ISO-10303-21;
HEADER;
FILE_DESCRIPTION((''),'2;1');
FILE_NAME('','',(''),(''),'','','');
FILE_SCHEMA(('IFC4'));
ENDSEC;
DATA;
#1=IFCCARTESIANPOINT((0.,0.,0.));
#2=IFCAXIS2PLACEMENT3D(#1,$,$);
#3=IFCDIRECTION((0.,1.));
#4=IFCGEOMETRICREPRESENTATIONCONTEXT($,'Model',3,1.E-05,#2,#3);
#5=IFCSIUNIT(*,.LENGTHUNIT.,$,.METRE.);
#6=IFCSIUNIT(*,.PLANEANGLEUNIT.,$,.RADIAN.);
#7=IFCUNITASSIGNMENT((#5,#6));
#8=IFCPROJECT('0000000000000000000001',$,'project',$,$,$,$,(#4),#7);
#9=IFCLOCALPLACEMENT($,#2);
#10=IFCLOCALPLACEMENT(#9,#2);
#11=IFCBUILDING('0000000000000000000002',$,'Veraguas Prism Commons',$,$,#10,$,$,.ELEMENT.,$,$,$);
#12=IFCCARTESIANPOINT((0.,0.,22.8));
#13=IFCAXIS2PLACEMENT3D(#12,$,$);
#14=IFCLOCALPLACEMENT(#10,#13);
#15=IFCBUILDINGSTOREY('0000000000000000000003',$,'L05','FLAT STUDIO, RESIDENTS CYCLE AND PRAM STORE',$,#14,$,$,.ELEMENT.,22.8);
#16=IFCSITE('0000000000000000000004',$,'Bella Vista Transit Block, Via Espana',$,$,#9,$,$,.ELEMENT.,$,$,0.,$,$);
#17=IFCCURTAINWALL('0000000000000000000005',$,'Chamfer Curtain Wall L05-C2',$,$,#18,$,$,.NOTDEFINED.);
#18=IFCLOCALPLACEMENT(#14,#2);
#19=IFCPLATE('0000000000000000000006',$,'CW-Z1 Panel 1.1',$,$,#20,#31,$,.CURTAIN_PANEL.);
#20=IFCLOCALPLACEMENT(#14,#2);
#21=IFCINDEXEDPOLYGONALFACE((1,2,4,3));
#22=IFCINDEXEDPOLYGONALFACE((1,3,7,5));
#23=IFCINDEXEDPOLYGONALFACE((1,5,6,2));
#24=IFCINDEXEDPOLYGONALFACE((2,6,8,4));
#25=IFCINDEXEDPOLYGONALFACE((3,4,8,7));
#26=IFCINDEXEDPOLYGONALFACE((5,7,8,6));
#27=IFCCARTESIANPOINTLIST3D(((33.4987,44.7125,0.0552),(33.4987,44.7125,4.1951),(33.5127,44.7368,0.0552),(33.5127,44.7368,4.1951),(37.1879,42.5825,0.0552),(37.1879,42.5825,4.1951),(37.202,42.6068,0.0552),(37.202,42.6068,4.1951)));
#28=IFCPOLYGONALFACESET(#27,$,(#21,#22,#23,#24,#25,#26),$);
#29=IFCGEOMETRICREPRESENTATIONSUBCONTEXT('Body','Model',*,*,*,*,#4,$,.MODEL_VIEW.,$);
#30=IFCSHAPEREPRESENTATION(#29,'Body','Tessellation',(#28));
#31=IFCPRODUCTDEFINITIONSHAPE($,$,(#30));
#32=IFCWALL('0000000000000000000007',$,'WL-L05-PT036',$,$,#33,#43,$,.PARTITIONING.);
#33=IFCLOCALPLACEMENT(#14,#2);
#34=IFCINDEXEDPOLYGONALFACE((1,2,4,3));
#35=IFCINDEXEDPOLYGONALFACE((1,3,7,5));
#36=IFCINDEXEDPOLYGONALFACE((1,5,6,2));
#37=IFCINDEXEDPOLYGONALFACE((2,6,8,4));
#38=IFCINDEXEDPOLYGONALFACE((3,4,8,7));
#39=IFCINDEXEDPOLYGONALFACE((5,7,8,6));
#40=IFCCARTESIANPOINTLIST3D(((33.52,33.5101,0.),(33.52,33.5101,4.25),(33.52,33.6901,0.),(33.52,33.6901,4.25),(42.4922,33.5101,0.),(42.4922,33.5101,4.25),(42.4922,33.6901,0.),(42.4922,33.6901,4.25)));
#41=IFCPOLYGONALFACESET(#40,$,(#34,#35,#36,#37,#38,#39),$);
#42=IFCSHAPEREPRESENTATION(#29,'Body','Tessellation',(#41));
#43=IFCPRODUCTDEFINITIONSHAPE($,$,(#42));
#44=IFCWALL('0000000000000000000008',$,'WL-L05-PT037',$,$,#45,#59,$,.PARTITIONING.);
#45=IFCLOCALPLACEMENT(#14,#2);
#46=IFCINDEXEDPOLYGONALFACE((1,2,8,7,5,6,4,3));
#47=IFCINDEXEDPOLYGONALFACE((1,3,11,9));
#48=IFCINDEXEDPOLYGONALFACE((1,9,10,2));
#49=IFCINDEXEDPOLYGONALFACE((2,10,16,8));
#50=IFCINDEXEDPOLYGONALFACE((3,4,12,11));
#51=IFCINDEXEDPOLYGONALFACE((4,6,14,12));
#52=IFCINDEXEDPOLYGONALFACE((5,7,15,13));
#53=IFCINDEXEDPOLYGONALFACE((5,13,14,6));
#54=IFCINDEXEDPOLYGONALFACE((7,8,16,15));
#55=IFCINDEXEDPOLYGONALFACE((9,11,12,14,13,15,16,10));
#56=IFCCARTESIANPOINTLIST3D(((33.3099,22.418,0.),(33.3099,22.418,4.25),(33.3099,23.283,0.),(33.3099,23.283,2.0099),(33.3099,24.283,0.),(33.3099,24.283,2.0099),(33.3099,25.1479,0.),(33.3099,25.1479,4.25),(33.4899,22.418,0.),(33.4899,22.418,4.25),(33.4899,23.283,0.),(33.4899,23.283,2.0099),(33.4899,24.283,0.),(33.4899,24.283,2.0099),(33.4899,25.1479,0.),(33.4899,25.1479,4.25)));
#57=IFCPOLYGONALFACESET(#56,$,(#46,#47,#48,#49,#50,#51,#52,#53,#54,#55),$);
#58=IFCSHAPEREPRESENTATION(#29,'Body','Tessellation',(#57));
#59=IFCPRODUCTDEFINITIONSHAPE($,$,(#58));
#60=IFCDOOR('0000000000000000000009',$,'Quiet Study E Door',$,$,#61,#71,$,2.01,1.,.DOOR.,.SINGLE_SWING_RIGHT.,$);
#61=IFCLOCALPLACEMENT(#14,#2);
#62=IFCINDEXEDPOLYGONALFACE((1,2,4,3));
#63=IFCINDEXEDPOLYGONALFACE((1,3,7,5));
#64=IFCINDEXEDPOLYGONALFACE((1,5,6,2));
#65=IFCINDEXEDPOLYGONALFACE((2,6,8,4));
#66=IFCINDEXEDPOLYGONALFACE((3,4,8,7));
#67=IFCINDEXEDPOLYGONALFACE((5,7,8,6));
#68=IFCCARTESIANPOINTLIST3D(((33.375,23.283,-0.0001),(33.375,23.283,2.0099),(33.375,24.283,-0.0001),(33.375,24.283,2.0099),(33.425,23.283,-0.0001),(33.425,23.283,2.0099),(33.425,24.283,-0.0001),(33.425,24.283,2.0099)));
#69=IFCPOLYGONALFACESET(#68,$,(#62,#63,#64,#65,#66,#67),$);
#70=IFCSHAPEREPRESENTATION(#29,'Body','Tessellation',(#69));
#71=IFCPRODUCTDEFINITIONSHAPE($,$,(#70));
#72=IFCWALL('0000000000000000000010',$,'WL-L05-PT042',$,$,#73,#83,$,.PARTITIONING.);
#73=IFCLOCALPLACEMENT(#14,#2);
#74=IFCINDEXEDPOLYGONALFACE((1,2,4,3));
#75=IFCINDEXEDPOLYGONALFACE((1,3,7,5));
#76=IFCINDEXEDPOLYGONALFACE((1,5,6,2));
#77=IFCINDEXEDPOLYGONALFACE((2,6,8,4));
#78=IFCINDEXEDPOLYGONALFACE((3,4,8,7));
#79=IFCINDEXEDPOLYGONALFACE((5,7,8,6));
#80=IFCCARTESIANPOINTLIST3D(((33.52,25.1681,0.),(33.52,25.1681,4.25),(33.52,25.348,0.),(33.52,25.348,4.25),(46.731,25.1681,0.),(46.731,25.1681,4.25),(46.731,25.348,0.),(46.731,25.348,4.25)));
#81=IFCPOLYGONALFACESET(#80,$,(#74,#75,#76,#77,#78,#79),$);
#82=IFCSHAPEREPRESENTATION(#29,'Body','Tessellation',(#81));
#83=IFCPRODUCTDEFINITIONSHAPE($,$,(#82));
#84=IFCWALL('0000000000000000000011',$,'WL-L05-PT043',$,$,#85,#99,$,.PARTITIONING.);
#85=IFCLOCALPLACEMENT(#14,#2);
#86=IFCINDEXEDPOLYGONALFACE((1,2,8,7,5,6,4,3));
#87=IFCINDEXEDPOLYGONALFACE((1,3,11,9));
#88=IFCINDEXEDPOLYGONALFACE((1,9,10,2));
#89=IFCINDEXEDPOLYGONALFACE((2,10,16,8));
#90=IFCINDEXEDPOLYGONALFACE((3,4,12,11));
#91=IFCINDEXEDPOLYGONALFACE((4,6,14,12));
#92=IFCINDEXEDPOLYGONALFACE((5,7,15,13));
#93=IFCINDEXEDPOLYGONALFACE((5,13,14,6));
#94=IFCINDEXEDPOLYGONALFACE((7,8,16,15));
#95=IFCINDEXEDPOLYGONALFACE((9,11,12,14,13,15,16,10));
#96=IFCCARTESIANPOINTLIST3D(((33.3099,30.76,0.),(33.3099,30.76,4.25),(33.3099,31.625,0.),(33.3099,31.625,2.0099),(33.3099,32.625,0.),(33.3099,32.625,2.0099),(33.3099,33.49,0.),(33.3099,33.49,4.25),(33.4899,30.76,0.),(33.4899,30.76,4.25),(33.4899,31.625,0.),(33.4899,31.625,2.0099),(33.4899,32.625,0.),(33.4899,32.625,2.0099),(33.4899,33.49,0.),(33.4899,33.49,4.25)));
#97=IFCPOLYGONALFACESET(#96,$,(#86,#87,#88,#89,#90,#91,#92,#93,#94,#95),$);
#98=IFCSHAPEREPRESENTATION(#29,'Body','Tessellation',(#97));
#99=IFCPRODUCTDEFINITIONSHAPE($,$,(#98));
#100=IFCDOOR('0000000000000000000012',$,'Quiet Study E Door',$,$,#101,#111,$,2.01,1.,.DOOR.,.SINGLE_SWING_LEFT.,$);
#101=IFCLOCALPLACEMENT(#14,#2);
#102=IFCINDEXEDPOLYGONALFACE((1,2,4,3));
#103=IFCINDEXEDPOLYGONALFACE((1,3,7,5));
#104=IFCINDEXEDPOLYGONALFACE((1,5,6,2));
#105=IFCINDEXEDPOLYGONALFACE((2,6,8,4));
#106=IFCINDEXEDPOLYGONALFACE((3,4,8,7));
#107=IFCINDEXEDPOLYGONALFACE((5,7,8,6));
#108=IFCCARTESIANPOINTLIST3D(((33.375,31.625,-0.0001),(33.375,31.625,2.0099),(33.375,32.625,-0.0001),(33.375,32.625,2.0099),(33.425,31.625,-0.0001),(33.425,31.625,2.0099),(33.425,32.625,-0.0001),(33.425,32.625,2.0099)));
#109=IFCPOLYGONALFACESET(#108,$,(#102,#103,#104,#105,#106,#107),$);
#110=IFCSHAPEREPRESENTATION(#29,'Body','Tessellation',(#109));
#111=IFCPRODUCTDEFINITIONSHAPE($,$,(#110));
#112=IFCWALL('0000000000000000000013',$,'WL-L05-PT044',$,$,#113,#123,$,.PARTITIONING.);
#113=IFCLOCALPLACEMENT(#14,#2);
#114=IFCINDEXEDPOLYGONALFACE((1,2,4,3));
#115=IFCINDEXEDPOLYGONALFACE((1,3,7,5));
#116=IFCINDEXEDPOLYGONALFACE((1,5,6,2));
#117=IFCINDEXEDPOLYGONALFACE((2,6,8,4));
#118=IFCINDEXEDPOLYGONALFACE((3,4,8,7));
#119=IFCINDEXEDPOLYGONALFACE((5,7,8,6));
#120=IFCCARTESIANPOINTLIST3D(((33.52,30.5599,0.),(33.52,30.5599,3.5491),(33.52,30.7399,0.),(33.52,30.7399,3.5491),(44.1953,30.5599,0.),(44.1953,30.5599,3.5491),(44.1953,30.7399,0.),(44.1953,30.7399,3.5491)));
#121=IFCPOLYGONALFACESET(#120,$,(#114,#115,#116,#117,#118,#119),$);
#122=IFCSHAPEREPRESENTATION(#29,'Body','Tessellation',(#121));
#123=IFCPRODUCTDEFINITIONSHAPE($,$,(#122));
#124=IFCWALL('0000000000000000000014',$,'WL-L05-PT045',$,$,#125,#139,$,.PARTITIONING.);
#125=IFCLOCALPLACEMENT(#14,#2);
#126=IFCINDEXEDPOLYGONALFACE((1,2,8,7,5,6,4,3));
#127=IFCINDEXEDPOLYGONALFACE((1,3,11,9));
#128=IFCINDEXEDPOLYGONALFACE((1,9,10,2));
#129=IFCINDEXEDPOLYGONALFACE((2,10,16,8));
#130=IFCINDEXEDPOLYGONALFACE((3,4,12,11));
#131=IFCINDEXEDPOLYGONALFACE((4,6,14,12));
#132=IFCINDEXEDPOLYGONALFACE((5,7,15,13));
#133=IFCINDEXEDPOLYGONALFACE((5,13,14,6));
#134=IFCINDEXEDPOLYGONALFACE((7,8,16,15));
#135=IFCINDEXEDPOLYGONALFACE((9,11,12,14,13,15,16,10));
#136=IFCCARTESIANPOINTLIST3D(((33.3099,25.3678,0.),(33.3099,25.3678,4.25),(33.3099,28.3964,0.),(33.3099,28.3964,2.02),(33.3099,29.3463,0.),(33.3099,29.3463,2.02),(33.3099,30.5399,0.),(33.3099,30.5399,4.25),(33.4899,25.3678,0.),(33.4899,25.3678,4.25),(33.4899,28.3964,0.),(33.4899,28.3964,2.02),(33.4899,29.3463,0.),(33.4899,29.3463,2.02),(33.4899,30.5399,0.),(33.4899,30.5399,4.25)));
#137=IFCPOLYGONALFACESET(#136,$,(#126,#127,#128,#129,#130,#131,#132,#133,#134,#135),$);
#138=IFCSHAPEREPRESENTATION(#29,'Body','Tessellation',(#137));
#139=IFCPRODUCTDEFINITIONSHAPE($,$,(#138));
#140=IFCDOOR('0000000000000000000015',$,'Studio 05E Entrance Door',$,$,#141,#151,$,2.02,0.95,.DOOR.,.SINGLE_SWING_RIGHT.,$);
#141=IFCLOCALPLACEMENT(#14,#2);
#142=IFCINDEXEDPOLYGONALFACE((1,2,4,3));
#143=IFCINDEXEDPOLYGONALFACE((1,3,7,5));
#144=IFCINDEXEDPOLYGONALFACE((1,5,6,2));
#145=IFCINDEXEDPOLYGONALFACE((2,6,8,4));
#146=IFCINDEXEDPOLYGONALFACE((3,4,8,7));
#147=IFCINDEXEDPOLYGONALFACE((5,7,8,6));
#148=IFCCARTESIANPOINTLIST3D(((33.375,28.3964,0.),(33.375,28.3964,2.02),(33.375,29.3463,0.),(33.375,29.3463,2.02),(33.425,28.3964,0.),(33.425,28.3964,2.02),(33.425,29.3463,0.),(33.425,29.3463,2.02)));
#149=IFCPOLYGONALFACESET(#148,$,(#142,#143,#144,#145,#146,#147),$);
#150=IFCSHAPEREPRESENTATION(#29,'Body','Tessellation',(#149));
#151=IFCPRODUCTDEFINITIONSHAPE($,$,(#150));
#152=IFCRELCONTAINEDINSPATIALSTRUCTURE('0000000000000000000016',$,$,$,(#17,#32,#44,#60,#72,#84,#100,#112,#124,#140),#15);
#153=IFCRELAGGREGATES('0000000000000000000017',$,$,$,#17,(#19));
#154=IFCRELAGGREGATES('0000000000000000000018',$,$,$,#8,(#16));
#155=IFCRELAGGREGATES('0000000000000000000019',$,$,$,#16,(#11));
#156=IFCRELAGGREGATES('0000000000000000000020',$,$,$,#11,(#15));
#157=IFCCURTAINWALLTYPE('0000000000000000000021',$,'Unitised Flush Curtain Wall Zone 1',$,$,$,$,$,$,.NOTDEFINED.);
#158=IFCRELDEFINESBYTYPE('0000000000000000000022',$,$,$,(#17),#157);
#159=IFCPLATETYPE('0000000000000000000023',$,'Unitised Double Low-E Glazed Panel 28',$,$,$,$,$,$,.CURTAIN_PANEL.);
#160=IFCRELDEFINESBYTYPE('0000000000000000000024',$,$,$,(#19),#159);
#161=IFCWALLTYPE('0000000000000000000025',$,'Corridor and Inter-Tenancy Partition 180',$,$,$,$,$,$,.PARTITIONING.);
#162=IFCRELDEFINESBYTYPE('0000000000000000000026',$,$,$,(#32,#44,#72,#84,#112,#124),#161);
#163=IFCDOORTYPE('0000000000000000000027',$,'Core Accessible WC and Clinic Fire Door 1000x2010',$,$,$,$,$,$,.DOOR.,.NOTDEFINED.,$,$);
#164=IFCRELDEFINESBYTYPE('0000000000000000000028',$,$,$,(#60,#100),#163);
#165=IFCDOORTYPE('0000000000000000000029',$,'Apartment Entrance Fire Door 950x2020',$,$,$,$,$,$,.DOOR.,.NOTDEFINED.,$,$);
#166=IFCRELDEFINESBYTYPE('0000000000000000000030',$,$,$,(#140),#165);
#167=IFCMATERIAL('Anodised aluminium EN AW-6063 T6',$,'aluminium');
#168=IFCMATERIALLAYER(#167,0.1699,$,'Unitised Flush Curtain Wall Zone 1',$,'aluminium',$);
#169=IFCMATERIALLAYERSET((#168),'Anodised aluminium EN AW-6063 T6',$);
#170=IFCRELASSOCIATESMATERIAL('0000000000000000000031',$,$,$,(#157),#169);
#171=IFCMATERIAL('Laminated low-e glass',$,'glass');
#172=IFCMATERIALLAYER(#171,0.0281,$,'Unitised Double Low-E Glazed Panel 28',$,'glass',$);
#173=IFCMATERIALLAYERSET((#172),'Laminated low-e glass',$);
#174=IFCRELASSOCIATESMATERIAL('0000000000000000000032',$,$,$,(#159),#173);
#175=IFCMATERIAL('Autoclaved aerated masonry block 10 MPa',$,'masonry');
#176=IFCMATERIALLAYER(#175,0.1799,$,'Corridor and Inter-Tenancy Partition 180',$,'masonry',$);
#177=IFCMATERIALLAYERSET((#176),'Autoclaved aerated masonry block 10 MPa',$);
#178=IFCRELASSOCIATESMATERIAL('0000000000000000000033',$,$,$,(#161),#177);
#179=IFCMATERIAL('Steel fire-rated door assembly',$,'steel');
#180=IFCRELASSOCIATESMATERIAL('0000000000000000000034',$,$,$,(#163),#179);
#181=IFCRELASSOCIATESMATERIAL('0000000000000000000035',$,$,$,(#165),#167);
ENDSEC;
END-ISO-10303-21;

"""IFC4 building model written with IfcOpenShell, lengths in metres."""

from ifc_helpers import new_model, si_unit, direction, frame, frame_2d, origin, origin_2d, place, context, subcontext, project, spatial, rectangle, extrude, source, transform, mapped, material, layer, layer_set, type_object, element, fill, aggregate, save


model = new_model("IFC4")

# Units and contexts
model_context = context("Model", 3, precision=1e-05, world=origin(), true_north=direction((0.0, 1.0)))
body_context = subcontext(model_context, "Body", "Model", "MODEL_VIEW")
ifc_project = project(units=[si_unit("LENGTHUNIT", "METRE"), si_unit("PLANEANGLEUNIT", "RADIAN")], contexts=[model_context])

# Site, building, storey
site_placement = place(None, origin())
site = spatial("IfcSite", under=ifc_project, at=site_placement, Name="Bella Vista Transit Block, Via Espana", CompositionType="ELEMENT", RefElevation=0.0)
building_placement = place(site_placement, origin())
building = spatial("IfcBuilding", under=site, at=building_placement, Name="Veraguas Prism Commons", CompositionType="ELEMENT")
storey_placement = place(building_placement, frame((0.0, 0.0, 22.8)))
storey = spatial("IfcBuildingStorey", under=building, at=storey_placement, Name="L05", Description="FLAT STUDIO, RESIDENTS CYCLE AND PRAM STORE", CompositionType="ELEMENT", Elevation=22.8)

# Shared definitions
ifc_material_1 = material(Name="Anodised aluminium EN AW-6063 T6", Category="aluminium")
ifc_layer_1 = layer(ifc_material_1, 0.1699, Name="Unitised Flush Curtain Wall Zone 1", Category="aluminium")
ifc_layer_set_1 = layer_set([ifc_layer_1], Name="Anodised aluminium EN AW-6063 T6")
curtain_wall_type = type_object("IfcCurtainWallType", Name="Unitised Flush Curtain Wall Zone 1", PredefinedType="NOTDEFINED", material=ifc_layer_set_1)

# Curtain wall
curtain_wall_1_placement = place(storey_placement, origin())
curtain_wall_1 = element("IfcCurtainWall", 1, at=curtain_wall_1_placement, inside=storey, type_object=curtain_wall_type, Name="Chamfer Curtain Wall L05-C2", PredefinedType="NOTDEFINED")

# Plate
ifc_material_2 = material(Name="Laminated low-e glass", Category="glass")
ifc_layer_2 = layer(ifc_material_2, 0.0281, Name="Unitised Double Low-E Glazed Panel 28", Category="glass")
ifc_layer_set_2 = layer_set([ifc_layer_2], Name="Laminated low-e glass")
plate_type = type_object("IfcPlateType", Name="Unitised Double Low-E Glazed Panel 28", PredefinedType="CURTAIN_PANEL", material=ifc_layer_set_2)
shared_shape_1 = source(origin(), body_context, "Body", "SweptSolid", [
    extrude(rectangle(XDim=4.26, YDim=0.0281, at=origin_2d()), origin(), (0.0, 0.0, 1.0), 4.1399),
])
plate_1_placement = place(storey_placement, frame((35.3503, 43.6597, 0.0552), z_axis=(0.0, 0.0, 1.0), x_axis=(-0.86602, 0.500009, 0.0)))
plate_1 = element("IfcPlate", 2, at=plate_1_placement, type_object=plate_type, Name="CW-Z1 Panel 1.1", PredefinedType="CURTAIN_PANEL", context=body_context, shape_type="MappedRepresentation", body=[
    mapped(shared_shape_1, transform((0.0, 0.0, 0.0), scale=1.0)),
])
aggregate(curtain_wall_1, [plate_1])

# Wall
ifc_material_3 = material(Name="Autoclaved aerated masonry block 10 MPa", Category="masonry")
ifc_layer_3 = layer(ifc_material_3, 0.1799, Name="Corridor and Inter-Tenancy Partition 180", Category="masonry")
ifc_layer_set_3 = layer_set([ifc_layer_3], Name="Autoclaved aerated masonry block 10 MPa")
wall_type_1 = type_object("IfcWallType", Name="Corridor and Inter-Tenancy Partition 180", PredefinedType="PARTITIONING", material=ifc_layer_set_3)
wall_1_placement = place(storey_placement, frame((33.52, 33.6001, 0.0), z_axis=(0.0, 0.0, 1.0), x_axis=(1.0, 0.0, 0.0)))
element("IfcWall", 3, at=wall_1_placement, inside=storey, type_object=wall_type_1, Name="WL-L05-PT036", PredefinedType="PARTITIONING", context=body_context, shape_type="SweptSolid", body=[
    extrude(rectangle(XDim=8.9722, YDim=0.1799, at=frame_2d((4.4861, 0.0))), origin(), (0.0, 0.0, 1.0), 4.25),
])

# Wall, opening, door
wall_2_placement = place(storey_placement, frame((33.3999, 22.418, 0.0), z_axis=(0.0, 0.0, 1.0), x_axis=(0.0, 1.0, 0.0)))
wall_2 = element("IfcWall", 4, at=wall_2_placement, inside=storey, type_object=wall_type_1, Name="WL-L05-PT037", PredefinedType="PARTITIONING", context=body_context, shape_type="SweptSolid", body=[
    extrude(rectangle(XDim=2.73, YDim=0.1799, at=frame_2d((1.365, 0.0))), origin(), (0.0, 0.0, 1.0), 4.25),
])
opening_1_placement = place(wall_2_placement, frame((0.865, 0.0, 0.0)))
opening_1 = element("IfcOpeningElement", 5, at=opening_1_placement, cuts=wall_2, PredefinedType="OPENING", context=body_context, shape_type="SweptSolid", body=[
    extrude(rectangle(XDim=1.0, YDim=2.01, at=frame_2d((0.5, 1.0049))), frame((0.0, 0.0999, 0.0), z_axis=(0.0, -1.0, 0.0), x_axis=(1.0, 0.0, 0.0)), (0.0, 0.0, 1.0), 0.2),
])
ifc_material_4 = material(Name="Steel fire-rated door assembly", Category="steel")
door_type_1 = type_object("IfcDoorType", Name="Core Accessible WC and Clinic Fire Door 1000x2010", OperationType="NOTDEFINED", PredefinedType="DOOR", material=ifc_material_4)
shared_shape_2 = source(origin(), body_context, "Body", "SweptSolid", [
    extrude(rectangle(XDim=1.0, YDim=2.01, at=frame_2d((0.5, 1.0049))), frame((0.0, 0.0249, 0.0), z_axis=(0.0, -1.0, 0.0), x_axis=(1.0, 0.0, 0.0)), (0.0, 0.0, 1.0), 0.05),
])
door_1_placement = place(opening_1_placement, origin())
door_1 = element("IfcDoor", 6, at=door_1_placement, inside=storey, type_object=door_type_1, Name="Quiet Study E Door", OperationType="SINGLE_SWING_RIGHT", OverallHeight=2.01, OverallWidth=1.0, PredefinedType="DOOR", context=body_context, shape_type="MappedRepresentation", body=[
    mapped(shared_shape_2, transform((0.0, 0.0, 0.0), scale=1.0)),
])
fill(opening_1, door_1)

# Wall
wall_3_placement = place(storey_placement, frame((33.52, 25.2581, 0.0), z_axis=(0.0, 0.0, 1.0), x_axis=(1.0, 0.0, 0.0)))
element("IfcWall", 7, at=wall_3_placement, inside=storey, type_object=wall_type_1, Name="WL-L05-PT042", PredefinedType="PARTITIONING", context=body_context, shape_type="SweptSolid", body=[
    extrude(rectangle(XDim=13.2109, YDim=0.1799, at=frame_2d((6.6055, 0.0))), origin(), (0.0, 0.0, 1.0), 4.25),
])

# Wall, opening, door
wall_4_placement = place(storey_placement, frame((33.3999, 30.76, 0.0), z_axis=(0.0, 0.0, 1.0), x_axis=(0.0, 1.0, 0.0)))
wall_4 = element("IfcWall", 8, at=wall_4_placement, inside=storey, type_object=wall_type_1, Name="WL-L05-PT043", PredefinedType="PARTITIONING", context=body_context, shape_type="SweptSolid", body=[
    extrude(rectangle(XDim=2.73, YDim=0.1799, at=frame_2d((1.365, 0.0))), origin(), (0.0, 0.0, 1.0), 4.25),
])
opening_2_placement = place(wall_4_placement, frame((0.865, 0.0, 0.0)))
opening_2 = element("IfcOpeningElement", 9, at=opening_2_placement, cuts=wall_4, PredefinedType="OPENING", context=body_context, shape_type="SweptSolid", body=[
    extrude(rectangle(XDim=1.0, YDim=2.01, at=frame_2d((0.5, 1.0049))), frame((0.0, 0.0999, 0.0), z_axis=(0.0, -1.0, 0.0), x_axis=(1.0, 0.0, 0.0)), (0.0, 0.0, 1.0), 0.2),
])
door_2_placement = place(opening_2_placement, origin())
door_2 = element("IfcDoor", 10, at=door_2_placement, inside=storey, type_object=door_type_1, Name="Quiet Study E Door", OperationType="SINGLE_SWING_LEFT", OverallHeight=2.01, OverallWidth=1.0, PredefinedType="DOOR", context=body_context, shape_type="MappedRepresentation", body=[
    mapped(shared_shape_2, transform((0.0, 0.0, 0.0), scale=1.0)),
])
fill(opening_2, door_2)

# Wall
wall_5_placement = place(storey_placement, frame((33.52, 30.6499, 0.0), z_axis=(0.0, 0.0, 1.0), x_axis=(1.0, 0.0, 0.0)))
element("IfcWall", 11, at=wall_5_placement, inside=storey, type_object=wall_type_1, Name="WL-L05-PT044", PredefinedType="PARTITIONING", context=body_context, shape_type="SweptSolid", body=[
    extrude(rectangle(XDim=10.6753, YDim=0.1799, at=frame_2d((5.3376, 0.0))), origin(), (0.0, 0.0, 1.0), 3.5491),
])

# Wall, opening, door
wall_6_placement = place(storey_placement, frame((33.3999, 25.3679, 0.0), z_axis=(0.0, 0.0, 1.0), x_axis=(0.0, 1.0, 0.0)))
wall_6 = element("IfcWall", 12, at=wall_6_placement, inside=storey, type_object=wall_type_1, Name="WL-L05-PT045", PredefinedType="PARTITIONING", context=body_context, shape_type="SweptSolid", body=[
    extrude(rectangle(XDim=5.1721, YDim=0.1799, at=frame_2d((2.5859, 0.0))), origin(), (0.0, 0.0, 1.0), 4.25),
])
opening_3_placement = place(wall_6_placement, frame((3.0283, 0.0, 0.0)))
opening_3 = element("IfcOpeningElement", 13, at=opening_3_placement, cuts=wall_6, PredefinedType="OPENING", context=body_context, shape_type="SweptSolid", body=[
    extrude(rectangle(XDim=0.95, YDim=2.02, at=frame_2d((0.4751, 1.01))), frame((0.0, 0.0999, 0.0), z_axis=(0.0, -1.0, 0.0), x_axis=(1.0, 0.0, 0.0)), (0.0, 0.0, 1.0), 0.2),
])
door_type_2 = type_object("IfcDoorType", Name="Apartment Entrance Fire Door 950x2020", OperationType="NOTDEFINED", PredefinedType="DOOR", material=ifc_material_1)
shared_shape_3 = source(origin(), body_context, "Body", "SweptSolid", [
    extrude(rectangle(XDim=0.95, YDim=2.02, at=frame_2d((0.4751, 1.01))), frame((0.0, 0.0249, 0.0), z_axis=(0.0, -1.0, 0.0), x_axis=(1.0, 0.0, 0.0)), (0.0, 0.0, 1.0), 0.05),
])
door_3_placement = place(opening_3_placement, origin())
door_3 = element("IfcDoor", 14, at=door_3_placement, inside=storey, type_object=door_type_2, Name="Studio 05E Entrance Door", OperationType="SINGLE_SWING_RIGHT", OverallHeight=2.02, OverallWidth=0.95, PredefinedType="DOOR", context=body_context, shape_type="MappedRepresentation", body=[
    mapped(shared_shape_3, transform((0.0, 0.0, 0.0), scale=1.0)),
])
fill(opening_3, door_3)

save(model, "model.ifc")
